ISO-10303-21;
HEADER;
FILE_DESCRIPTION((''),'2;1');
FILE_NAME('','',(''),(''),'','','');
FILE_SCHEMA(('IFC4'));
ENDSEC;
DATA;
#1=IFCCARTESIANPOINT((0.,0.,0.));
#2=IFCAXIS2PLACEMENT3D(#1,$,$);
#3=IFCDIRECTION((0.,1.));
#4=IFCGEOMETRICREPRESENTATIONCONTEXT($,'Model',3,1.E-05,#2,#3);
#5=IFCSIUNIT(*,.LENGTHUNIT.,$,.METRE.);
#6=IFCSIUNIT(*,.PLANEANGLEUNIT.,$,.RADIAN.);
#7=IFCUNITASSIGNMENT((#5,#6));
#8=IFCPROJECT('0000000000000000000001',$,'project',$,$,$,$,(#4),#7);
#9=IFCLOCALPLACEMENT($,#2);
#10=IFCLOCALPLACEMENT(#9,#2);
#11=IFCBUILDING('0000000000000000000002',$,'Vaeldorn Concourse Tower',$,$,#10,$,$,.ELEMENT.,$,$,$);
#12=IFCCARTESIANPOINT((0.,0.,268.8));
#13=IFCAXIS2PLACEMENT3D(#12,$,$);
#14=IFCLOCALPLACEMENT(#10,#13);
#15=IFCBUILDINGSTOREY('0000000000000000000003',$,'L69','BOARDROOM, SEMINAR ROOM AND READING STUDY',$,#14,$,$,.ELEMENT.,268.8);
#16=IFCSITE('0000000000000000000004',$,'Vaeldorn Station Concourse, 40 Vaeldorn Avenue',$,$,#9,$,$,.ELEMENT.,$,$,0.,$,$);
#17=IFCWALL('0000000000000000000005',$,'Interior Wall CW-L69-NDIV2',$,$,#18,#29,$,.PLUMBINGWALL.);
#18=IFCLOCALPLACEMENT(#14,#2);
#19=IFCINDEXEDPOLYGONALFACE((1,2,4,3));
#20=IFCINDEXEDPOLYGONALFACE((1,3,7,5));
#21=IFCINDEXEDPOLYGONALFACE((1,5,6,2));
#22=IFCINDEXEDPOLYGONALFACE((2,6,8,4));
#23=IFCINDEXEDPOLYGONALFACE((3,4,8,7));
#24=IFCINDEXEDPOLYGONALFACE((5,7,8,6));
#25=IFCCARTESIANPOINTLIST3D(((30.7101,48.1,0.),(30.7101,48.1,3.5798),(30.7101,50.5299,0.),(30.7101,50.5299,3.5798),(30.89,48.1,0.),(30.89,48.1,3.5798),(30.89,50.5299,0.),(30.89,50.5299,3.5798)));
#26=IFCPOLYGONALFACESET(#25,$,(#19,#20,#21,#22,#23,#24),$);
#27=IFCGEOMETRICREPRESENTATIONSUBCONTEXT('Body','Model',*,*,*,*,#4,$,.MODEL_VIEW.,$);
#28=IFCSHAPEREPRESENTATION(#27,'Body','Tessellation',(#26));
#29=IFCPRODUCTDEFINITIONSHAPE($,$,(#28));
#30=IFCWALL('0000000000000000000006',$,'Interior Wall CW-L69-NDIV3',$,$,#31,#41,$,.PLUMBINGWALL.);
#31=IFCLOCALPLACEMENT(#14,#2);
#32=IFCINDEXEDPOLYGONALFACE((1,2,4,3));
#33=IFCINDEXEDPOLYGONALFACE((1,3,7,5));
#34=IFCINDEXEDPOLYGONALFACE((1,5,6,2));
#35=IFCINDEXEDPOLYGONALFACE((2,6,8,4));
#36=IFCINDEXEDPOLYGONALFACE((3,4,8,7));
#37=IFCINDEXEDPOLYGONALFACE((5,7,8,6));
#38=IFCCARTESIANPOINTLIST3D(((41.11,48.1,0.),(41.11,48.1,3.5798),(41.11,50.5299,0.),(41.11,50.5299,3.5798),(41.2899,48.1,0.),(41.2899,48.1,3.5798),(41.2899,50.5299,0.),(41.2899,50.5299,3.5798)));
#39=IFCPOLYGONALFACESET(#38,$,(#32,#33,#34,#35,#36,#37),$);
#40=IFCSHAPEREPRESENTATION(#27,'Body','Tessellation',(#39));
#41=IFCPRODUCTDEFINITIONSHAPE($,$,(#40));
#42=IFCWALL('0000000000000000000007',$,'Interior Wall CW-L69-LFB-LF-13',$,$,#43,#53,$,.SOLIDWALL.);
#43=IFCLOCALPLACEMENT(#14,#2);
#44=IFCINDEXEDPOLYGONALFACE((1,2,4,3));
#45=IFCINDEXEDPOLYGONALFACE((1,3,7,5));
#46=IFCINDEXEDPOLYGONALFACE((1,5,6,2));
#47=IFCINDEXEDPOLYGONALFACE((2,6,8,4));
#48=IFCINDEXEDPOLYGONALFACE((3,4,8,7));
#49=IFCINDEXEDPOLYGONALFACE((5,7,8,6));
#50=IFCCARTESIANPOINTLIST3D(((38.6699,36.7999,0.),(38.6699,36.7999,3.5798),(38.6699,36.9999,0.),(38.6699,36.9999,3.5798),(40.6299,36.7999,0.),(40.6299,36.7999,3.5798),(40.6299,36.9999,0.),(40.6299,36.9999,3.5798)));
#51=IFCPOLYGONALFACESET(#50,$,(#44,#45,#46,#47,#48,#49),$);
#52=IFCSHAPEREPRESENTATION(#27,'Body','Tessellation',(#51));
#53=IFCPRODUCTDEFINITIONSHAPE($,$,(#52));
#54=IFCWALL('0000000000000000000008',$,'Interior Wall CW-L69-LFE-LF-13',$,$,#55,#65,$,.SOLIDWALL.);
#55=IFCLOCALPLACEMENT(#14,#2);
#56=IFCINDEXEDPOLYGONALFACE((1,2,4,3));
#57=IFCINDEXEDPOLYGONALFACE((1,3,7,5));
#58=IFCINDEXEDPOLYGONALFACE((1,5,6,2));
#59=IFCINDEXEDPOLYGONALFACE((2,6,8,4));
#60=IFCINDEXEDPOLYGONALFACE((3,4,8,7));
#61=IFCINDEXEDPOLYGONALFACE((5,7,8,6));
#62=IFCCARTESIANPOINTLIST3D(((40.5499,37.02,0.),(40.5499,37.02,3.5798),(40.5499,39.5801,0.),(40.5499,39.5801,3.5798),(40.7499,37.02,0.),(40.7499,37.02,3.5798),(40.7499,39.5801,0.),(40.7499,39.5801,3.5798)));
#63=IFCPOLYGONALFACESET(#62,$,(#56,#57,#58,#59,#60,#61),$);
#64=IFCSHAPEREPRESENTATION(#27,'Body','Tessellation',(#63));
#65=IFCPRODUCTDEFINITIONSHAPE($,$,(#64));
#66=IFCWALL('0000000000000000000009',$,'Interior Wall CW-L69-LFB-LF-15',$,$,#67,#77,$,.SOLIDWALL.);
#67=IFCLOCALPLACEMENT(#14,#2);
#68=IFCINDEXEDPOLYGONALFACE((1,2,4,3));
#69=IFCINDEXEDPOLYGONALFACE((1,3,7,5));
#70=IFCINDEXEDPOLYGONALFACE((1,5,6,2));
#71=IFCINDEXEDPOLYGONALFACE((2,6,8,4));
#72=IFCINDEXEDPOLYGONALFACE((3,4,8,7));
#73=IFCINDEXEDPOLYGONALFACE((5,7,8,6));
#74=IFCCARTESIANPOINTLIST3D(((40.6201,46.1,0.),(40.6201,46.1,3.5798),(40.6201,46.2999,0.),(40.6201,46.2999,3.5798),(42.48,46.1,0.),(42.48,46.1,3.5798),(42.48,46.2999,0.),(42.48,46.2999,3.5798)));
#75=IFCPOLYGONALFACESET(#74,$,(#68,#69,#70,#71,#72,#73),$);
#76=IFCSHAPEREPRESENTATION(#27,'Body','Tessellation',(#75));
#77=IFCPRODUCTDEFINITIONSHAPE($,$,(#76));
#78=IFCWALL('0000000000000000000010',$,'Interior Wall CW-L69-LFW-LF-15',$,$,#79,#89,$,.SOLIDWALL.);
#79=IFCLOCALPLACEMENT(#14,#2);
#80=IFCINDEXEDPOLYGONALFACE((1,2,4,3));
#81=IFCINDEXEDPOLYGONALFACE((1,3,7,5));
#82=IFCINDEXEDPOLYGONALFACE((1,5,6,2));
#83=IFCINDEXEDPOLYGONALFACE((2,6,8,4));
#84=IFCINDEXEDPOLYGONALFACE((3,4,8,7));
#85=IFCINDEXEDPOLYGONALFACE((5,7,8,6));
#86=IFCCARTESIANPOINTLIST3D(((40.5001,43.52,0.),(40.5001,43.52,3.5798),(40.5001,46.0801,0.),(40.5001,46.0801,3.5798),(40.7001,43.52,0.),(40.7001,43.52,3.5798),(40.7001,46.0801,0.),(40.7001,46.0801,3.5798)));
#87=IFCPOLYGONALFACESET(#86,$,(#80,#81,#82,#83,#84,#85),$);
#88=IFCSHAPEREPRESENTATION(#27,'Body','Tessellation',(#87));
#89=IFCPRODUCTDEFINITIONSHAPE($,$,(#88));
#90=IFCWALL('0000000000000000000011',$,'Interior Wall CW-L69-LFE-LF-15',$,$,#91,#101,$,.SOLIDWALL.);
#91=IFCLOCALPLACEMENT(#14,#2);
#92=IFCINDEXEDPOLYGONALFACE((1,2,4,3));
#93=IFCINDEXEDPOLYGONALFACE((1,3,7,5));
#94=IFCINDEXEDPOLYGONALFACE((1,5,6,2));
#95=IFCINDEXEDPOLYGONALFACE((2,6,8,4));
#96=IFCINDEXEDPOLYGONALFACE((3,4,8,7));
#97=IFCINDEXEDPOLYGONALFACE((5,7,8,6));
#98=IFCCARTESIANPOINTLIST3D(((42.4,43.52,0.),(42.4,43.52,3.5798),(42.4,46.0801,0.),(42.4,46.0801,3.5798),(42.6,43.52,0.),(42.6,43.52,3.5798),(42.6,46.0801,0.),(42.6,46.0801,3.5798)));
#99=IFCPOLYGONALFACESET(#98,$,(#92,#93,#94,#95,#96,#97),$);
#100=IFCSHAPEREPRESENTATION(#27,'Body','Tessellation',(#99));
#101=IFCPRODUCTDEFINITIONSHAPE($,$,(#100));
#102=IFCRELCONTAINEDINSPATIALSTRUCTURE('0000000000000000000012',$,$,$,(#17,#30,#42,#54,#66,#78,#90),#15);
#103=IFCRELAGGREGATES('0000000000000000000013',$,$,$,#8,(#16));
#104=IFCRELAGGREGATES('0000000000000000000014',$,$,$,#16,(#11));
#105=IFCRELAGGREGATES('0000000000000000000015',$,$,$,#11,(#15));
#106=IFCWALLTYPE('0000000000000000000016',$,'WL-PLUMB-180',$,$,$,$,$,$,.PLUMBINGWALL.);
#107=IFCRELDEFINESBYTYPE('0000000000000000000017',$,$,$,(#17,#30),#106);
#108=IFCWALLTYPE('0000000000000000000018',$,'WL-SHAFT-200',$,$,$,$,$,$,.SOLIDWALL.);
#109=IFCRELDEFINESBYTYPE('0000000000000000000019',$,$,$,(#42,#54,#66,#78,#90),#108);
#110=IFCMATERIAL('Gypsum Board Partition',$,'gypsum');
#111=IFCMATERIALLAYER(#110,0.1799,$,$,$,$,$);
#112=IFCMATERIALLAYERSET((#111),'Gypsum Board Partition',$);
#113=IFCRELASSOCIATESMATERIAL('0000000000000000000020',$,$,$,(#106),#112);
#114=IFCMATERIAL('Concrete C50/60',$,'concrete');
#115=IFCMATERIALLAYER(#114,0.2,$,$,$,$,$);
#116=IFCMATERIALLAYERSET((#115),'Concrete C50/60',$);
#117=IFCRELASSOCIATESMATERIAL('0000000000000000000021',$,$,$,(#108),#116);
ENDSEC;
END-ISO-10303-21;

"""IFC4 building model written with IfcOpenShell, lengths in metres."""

from ifc_helpers import new_model, si_unit, direction, frame, frame_2d, origin, place, context, subcontext, project, spatial, rectangle, extrude, material, layer, layer_set, type_object, element, save


model = new_model("IFC4")

# Units and contexts
model_context = context("Model", 3, precision=1e-05, world=origin(), true_north=direction((0.0, 1.0)))
body_context = subcontext(model_context, "Body", "Model", "MODEL_VIEW")
ifc_project = project(units=[si_unit("LENGTHUNIT", "METRE"), si_unit("PLANEANGLEUNIT", "RADIAN")], contexts=[model_context])

# Site, building, storey
site_placement = place(None, origin())
site = spatial("IfcSite", under=ifc_project, at=site_placement, Name="Vaeldorn Station Concourse, 40 Vaeldorn Avenue", CompositionType="ELEMENT", RefElevation=0.0)
building_placement = place(site_placement, origin())
building = spatial("IfcBuilding", under=site, at=building_placement, Name="Vaeldorn Concourse Tower", CompositionType="ELEMENT")
storey_placement = place(building_placement, frame((0.0, 0.0, 268.8)))
storey = spatial("IfcBuildingStorey", under=building, at=storey_placement, Name="L69", Description="BOARDROOM, SEMINAR ROOM AND READING STUDY", CompositionType="ELEMENT", Elevation=268.8)

# Shared definitions
ifc_material_1 = material(Name="Concrete C50/60", Category="concrete")
ifc_material_2 = material(Name="Gypsum Board Partition", Category="gypsum")

# Walls
ifc_layer_1 = layer(ifc_material_2, 0.1799)
ifc_layer_set_1 = layer_set([ifc_layer_1], Name="Gypsum Board Partition")
wall_type_1 = type_object("IfcWallType", Name="WL-PLUMB-180", PredefinedType="PLUMBINGWALL", material=ifc_layer_set_1)
for number, where, z_axis, x_axis, name in (
    (1, (30.8, 48.1001, 0.0), (0.0, 0.0, 1.0), (0.0, 1.0, 0.0), "Interior Wall CW-L69-NDIV2"),
    (2, (41.2, 48.1001, 0.0), (0.0, 0.0, 1.0), (0.0, 1.0, 0.0), "Interior Wall CW-L69-NDIV3"),
):
    element("IfcWall", number, at=place(storey_placement, frame(where, z_axis=z_axis, x_axis=x_axis)), inside=storey, type_object=wall_type_1, Name=name, PredefinedType="PLUMBINGWALL", context=body_context, shape_type="SweptSolid", body=[
        extrude(rectangle(XDim=2.4299, YDim=0.1799, at=frame_2d((1.2148, 0.0))), origin(), (0.0, 0.0, 1.0), 3.5798),
    ])

# Shared definitions
ifc_layer_2 = layer(ifc_material_1, 0.2)
ifc_layer_set_2 = layer_set([ifc_layer_2], Name="Concrete C50/60")
wall_type_2 = type_object("IfcWallType", Name="WL-SHAFT-200", PredefinedType="SOLIDWALL", material=ifc_layer_set_2)

# Walls
wall_1_placement = place(storey_placement, frame((38.6699, 36.8999, 0.0), z_axis=(0.0, 0.0, 1.0), x_axis=(1.0, 0.0, 0.0)))
element("IfcWall", 3, at=wall_1_placement, inside=storey, type_object=wall_type_2, Name="Interior Wall CW-L69-LFB-LF-13", PredefinedType="SOLIDWALL", context=body_context, shape_type="SweptSolid", body=[
    extrude(rectangle(XDim=1.96, YDim=0.2, at=frame_2d((0.98, 0.0))), origin(), (0.0, 0.0, 1.0), 3.5798),
])
wall_2_placement = place(storey_placement, frame((40.6499, 37.02, 0.0), z_axis=(0.0, 0.0, 1.0), x_axis=(0.0, 1.0, 0.0)))
element("IfcWall", 4, at=wall_2_placement, inside=storey, type_object=wall_type_2, Name="Interior Wall CW-L69-LFE-LF-13", PredefinedType="SOLIDWALL", context=body_context, shape_type="SweptSolid", body=[
    extrude(rectangle(XDim=2.5601, YDim=0.2, at=frame_2d((1.28, 0.0))), origin(), (0.0, 0.0, 1.0), 3.5798),
])

# Walls
wall_3_placement = place(storey_placement, frame((40.6201, 46.2, 0.0), z_axis=(0.0, 0.0, 1.0), x_axis=(1.0, 0.0, 0.0)))
element("IfcWall", 5, at=wall_3_placement, inside=storey, type_object=wall_type_2, Name="Interior Wall CW-L69-LFB-LF-15", PredefinedType="SOLIDWALL", context=body_context, shape_type="SweptSolid", body=[
    extrude(rectangle(XDim=1.8599, YDim=0.2, at=frame_2d((0.9299, 0.0))), origin(), (0.0, 0.0, 1.0), 3.5798),
])
for number, where, z_axis, x_axis, name in (
    (6, (40.6001, 43.52, 0.0), (0.0, 0.0, 1.0), (0.0, 1.0, 0.0), "Interior Wall CW-L69-LFW-LF-15"),
    (7, (42.5, 43.52, 0.0), (0.0, 0.0, 1.0), (0.0, 1.0, 0.0), "Interior Wall CW-L69-LFE-LF-15"),
):
    element("IfcWall", number, at=place(storey_placement, frame(where, z_axis=z_axis, x_axis=x_axis)), inside=storey, type_object=wall_type_2, Name=name, PredefinedType="SOLIDWALL", context=body_context, shape_type="SweptSolid", body=[
        extrude(rectangle(XDim=2.5601, YDim=0.2, at=frame_2d((1.28, 0.0))), origin(), (0.0, 0.0, 1.0), 3.5798),
    ])

save(model, "model.ifc")
